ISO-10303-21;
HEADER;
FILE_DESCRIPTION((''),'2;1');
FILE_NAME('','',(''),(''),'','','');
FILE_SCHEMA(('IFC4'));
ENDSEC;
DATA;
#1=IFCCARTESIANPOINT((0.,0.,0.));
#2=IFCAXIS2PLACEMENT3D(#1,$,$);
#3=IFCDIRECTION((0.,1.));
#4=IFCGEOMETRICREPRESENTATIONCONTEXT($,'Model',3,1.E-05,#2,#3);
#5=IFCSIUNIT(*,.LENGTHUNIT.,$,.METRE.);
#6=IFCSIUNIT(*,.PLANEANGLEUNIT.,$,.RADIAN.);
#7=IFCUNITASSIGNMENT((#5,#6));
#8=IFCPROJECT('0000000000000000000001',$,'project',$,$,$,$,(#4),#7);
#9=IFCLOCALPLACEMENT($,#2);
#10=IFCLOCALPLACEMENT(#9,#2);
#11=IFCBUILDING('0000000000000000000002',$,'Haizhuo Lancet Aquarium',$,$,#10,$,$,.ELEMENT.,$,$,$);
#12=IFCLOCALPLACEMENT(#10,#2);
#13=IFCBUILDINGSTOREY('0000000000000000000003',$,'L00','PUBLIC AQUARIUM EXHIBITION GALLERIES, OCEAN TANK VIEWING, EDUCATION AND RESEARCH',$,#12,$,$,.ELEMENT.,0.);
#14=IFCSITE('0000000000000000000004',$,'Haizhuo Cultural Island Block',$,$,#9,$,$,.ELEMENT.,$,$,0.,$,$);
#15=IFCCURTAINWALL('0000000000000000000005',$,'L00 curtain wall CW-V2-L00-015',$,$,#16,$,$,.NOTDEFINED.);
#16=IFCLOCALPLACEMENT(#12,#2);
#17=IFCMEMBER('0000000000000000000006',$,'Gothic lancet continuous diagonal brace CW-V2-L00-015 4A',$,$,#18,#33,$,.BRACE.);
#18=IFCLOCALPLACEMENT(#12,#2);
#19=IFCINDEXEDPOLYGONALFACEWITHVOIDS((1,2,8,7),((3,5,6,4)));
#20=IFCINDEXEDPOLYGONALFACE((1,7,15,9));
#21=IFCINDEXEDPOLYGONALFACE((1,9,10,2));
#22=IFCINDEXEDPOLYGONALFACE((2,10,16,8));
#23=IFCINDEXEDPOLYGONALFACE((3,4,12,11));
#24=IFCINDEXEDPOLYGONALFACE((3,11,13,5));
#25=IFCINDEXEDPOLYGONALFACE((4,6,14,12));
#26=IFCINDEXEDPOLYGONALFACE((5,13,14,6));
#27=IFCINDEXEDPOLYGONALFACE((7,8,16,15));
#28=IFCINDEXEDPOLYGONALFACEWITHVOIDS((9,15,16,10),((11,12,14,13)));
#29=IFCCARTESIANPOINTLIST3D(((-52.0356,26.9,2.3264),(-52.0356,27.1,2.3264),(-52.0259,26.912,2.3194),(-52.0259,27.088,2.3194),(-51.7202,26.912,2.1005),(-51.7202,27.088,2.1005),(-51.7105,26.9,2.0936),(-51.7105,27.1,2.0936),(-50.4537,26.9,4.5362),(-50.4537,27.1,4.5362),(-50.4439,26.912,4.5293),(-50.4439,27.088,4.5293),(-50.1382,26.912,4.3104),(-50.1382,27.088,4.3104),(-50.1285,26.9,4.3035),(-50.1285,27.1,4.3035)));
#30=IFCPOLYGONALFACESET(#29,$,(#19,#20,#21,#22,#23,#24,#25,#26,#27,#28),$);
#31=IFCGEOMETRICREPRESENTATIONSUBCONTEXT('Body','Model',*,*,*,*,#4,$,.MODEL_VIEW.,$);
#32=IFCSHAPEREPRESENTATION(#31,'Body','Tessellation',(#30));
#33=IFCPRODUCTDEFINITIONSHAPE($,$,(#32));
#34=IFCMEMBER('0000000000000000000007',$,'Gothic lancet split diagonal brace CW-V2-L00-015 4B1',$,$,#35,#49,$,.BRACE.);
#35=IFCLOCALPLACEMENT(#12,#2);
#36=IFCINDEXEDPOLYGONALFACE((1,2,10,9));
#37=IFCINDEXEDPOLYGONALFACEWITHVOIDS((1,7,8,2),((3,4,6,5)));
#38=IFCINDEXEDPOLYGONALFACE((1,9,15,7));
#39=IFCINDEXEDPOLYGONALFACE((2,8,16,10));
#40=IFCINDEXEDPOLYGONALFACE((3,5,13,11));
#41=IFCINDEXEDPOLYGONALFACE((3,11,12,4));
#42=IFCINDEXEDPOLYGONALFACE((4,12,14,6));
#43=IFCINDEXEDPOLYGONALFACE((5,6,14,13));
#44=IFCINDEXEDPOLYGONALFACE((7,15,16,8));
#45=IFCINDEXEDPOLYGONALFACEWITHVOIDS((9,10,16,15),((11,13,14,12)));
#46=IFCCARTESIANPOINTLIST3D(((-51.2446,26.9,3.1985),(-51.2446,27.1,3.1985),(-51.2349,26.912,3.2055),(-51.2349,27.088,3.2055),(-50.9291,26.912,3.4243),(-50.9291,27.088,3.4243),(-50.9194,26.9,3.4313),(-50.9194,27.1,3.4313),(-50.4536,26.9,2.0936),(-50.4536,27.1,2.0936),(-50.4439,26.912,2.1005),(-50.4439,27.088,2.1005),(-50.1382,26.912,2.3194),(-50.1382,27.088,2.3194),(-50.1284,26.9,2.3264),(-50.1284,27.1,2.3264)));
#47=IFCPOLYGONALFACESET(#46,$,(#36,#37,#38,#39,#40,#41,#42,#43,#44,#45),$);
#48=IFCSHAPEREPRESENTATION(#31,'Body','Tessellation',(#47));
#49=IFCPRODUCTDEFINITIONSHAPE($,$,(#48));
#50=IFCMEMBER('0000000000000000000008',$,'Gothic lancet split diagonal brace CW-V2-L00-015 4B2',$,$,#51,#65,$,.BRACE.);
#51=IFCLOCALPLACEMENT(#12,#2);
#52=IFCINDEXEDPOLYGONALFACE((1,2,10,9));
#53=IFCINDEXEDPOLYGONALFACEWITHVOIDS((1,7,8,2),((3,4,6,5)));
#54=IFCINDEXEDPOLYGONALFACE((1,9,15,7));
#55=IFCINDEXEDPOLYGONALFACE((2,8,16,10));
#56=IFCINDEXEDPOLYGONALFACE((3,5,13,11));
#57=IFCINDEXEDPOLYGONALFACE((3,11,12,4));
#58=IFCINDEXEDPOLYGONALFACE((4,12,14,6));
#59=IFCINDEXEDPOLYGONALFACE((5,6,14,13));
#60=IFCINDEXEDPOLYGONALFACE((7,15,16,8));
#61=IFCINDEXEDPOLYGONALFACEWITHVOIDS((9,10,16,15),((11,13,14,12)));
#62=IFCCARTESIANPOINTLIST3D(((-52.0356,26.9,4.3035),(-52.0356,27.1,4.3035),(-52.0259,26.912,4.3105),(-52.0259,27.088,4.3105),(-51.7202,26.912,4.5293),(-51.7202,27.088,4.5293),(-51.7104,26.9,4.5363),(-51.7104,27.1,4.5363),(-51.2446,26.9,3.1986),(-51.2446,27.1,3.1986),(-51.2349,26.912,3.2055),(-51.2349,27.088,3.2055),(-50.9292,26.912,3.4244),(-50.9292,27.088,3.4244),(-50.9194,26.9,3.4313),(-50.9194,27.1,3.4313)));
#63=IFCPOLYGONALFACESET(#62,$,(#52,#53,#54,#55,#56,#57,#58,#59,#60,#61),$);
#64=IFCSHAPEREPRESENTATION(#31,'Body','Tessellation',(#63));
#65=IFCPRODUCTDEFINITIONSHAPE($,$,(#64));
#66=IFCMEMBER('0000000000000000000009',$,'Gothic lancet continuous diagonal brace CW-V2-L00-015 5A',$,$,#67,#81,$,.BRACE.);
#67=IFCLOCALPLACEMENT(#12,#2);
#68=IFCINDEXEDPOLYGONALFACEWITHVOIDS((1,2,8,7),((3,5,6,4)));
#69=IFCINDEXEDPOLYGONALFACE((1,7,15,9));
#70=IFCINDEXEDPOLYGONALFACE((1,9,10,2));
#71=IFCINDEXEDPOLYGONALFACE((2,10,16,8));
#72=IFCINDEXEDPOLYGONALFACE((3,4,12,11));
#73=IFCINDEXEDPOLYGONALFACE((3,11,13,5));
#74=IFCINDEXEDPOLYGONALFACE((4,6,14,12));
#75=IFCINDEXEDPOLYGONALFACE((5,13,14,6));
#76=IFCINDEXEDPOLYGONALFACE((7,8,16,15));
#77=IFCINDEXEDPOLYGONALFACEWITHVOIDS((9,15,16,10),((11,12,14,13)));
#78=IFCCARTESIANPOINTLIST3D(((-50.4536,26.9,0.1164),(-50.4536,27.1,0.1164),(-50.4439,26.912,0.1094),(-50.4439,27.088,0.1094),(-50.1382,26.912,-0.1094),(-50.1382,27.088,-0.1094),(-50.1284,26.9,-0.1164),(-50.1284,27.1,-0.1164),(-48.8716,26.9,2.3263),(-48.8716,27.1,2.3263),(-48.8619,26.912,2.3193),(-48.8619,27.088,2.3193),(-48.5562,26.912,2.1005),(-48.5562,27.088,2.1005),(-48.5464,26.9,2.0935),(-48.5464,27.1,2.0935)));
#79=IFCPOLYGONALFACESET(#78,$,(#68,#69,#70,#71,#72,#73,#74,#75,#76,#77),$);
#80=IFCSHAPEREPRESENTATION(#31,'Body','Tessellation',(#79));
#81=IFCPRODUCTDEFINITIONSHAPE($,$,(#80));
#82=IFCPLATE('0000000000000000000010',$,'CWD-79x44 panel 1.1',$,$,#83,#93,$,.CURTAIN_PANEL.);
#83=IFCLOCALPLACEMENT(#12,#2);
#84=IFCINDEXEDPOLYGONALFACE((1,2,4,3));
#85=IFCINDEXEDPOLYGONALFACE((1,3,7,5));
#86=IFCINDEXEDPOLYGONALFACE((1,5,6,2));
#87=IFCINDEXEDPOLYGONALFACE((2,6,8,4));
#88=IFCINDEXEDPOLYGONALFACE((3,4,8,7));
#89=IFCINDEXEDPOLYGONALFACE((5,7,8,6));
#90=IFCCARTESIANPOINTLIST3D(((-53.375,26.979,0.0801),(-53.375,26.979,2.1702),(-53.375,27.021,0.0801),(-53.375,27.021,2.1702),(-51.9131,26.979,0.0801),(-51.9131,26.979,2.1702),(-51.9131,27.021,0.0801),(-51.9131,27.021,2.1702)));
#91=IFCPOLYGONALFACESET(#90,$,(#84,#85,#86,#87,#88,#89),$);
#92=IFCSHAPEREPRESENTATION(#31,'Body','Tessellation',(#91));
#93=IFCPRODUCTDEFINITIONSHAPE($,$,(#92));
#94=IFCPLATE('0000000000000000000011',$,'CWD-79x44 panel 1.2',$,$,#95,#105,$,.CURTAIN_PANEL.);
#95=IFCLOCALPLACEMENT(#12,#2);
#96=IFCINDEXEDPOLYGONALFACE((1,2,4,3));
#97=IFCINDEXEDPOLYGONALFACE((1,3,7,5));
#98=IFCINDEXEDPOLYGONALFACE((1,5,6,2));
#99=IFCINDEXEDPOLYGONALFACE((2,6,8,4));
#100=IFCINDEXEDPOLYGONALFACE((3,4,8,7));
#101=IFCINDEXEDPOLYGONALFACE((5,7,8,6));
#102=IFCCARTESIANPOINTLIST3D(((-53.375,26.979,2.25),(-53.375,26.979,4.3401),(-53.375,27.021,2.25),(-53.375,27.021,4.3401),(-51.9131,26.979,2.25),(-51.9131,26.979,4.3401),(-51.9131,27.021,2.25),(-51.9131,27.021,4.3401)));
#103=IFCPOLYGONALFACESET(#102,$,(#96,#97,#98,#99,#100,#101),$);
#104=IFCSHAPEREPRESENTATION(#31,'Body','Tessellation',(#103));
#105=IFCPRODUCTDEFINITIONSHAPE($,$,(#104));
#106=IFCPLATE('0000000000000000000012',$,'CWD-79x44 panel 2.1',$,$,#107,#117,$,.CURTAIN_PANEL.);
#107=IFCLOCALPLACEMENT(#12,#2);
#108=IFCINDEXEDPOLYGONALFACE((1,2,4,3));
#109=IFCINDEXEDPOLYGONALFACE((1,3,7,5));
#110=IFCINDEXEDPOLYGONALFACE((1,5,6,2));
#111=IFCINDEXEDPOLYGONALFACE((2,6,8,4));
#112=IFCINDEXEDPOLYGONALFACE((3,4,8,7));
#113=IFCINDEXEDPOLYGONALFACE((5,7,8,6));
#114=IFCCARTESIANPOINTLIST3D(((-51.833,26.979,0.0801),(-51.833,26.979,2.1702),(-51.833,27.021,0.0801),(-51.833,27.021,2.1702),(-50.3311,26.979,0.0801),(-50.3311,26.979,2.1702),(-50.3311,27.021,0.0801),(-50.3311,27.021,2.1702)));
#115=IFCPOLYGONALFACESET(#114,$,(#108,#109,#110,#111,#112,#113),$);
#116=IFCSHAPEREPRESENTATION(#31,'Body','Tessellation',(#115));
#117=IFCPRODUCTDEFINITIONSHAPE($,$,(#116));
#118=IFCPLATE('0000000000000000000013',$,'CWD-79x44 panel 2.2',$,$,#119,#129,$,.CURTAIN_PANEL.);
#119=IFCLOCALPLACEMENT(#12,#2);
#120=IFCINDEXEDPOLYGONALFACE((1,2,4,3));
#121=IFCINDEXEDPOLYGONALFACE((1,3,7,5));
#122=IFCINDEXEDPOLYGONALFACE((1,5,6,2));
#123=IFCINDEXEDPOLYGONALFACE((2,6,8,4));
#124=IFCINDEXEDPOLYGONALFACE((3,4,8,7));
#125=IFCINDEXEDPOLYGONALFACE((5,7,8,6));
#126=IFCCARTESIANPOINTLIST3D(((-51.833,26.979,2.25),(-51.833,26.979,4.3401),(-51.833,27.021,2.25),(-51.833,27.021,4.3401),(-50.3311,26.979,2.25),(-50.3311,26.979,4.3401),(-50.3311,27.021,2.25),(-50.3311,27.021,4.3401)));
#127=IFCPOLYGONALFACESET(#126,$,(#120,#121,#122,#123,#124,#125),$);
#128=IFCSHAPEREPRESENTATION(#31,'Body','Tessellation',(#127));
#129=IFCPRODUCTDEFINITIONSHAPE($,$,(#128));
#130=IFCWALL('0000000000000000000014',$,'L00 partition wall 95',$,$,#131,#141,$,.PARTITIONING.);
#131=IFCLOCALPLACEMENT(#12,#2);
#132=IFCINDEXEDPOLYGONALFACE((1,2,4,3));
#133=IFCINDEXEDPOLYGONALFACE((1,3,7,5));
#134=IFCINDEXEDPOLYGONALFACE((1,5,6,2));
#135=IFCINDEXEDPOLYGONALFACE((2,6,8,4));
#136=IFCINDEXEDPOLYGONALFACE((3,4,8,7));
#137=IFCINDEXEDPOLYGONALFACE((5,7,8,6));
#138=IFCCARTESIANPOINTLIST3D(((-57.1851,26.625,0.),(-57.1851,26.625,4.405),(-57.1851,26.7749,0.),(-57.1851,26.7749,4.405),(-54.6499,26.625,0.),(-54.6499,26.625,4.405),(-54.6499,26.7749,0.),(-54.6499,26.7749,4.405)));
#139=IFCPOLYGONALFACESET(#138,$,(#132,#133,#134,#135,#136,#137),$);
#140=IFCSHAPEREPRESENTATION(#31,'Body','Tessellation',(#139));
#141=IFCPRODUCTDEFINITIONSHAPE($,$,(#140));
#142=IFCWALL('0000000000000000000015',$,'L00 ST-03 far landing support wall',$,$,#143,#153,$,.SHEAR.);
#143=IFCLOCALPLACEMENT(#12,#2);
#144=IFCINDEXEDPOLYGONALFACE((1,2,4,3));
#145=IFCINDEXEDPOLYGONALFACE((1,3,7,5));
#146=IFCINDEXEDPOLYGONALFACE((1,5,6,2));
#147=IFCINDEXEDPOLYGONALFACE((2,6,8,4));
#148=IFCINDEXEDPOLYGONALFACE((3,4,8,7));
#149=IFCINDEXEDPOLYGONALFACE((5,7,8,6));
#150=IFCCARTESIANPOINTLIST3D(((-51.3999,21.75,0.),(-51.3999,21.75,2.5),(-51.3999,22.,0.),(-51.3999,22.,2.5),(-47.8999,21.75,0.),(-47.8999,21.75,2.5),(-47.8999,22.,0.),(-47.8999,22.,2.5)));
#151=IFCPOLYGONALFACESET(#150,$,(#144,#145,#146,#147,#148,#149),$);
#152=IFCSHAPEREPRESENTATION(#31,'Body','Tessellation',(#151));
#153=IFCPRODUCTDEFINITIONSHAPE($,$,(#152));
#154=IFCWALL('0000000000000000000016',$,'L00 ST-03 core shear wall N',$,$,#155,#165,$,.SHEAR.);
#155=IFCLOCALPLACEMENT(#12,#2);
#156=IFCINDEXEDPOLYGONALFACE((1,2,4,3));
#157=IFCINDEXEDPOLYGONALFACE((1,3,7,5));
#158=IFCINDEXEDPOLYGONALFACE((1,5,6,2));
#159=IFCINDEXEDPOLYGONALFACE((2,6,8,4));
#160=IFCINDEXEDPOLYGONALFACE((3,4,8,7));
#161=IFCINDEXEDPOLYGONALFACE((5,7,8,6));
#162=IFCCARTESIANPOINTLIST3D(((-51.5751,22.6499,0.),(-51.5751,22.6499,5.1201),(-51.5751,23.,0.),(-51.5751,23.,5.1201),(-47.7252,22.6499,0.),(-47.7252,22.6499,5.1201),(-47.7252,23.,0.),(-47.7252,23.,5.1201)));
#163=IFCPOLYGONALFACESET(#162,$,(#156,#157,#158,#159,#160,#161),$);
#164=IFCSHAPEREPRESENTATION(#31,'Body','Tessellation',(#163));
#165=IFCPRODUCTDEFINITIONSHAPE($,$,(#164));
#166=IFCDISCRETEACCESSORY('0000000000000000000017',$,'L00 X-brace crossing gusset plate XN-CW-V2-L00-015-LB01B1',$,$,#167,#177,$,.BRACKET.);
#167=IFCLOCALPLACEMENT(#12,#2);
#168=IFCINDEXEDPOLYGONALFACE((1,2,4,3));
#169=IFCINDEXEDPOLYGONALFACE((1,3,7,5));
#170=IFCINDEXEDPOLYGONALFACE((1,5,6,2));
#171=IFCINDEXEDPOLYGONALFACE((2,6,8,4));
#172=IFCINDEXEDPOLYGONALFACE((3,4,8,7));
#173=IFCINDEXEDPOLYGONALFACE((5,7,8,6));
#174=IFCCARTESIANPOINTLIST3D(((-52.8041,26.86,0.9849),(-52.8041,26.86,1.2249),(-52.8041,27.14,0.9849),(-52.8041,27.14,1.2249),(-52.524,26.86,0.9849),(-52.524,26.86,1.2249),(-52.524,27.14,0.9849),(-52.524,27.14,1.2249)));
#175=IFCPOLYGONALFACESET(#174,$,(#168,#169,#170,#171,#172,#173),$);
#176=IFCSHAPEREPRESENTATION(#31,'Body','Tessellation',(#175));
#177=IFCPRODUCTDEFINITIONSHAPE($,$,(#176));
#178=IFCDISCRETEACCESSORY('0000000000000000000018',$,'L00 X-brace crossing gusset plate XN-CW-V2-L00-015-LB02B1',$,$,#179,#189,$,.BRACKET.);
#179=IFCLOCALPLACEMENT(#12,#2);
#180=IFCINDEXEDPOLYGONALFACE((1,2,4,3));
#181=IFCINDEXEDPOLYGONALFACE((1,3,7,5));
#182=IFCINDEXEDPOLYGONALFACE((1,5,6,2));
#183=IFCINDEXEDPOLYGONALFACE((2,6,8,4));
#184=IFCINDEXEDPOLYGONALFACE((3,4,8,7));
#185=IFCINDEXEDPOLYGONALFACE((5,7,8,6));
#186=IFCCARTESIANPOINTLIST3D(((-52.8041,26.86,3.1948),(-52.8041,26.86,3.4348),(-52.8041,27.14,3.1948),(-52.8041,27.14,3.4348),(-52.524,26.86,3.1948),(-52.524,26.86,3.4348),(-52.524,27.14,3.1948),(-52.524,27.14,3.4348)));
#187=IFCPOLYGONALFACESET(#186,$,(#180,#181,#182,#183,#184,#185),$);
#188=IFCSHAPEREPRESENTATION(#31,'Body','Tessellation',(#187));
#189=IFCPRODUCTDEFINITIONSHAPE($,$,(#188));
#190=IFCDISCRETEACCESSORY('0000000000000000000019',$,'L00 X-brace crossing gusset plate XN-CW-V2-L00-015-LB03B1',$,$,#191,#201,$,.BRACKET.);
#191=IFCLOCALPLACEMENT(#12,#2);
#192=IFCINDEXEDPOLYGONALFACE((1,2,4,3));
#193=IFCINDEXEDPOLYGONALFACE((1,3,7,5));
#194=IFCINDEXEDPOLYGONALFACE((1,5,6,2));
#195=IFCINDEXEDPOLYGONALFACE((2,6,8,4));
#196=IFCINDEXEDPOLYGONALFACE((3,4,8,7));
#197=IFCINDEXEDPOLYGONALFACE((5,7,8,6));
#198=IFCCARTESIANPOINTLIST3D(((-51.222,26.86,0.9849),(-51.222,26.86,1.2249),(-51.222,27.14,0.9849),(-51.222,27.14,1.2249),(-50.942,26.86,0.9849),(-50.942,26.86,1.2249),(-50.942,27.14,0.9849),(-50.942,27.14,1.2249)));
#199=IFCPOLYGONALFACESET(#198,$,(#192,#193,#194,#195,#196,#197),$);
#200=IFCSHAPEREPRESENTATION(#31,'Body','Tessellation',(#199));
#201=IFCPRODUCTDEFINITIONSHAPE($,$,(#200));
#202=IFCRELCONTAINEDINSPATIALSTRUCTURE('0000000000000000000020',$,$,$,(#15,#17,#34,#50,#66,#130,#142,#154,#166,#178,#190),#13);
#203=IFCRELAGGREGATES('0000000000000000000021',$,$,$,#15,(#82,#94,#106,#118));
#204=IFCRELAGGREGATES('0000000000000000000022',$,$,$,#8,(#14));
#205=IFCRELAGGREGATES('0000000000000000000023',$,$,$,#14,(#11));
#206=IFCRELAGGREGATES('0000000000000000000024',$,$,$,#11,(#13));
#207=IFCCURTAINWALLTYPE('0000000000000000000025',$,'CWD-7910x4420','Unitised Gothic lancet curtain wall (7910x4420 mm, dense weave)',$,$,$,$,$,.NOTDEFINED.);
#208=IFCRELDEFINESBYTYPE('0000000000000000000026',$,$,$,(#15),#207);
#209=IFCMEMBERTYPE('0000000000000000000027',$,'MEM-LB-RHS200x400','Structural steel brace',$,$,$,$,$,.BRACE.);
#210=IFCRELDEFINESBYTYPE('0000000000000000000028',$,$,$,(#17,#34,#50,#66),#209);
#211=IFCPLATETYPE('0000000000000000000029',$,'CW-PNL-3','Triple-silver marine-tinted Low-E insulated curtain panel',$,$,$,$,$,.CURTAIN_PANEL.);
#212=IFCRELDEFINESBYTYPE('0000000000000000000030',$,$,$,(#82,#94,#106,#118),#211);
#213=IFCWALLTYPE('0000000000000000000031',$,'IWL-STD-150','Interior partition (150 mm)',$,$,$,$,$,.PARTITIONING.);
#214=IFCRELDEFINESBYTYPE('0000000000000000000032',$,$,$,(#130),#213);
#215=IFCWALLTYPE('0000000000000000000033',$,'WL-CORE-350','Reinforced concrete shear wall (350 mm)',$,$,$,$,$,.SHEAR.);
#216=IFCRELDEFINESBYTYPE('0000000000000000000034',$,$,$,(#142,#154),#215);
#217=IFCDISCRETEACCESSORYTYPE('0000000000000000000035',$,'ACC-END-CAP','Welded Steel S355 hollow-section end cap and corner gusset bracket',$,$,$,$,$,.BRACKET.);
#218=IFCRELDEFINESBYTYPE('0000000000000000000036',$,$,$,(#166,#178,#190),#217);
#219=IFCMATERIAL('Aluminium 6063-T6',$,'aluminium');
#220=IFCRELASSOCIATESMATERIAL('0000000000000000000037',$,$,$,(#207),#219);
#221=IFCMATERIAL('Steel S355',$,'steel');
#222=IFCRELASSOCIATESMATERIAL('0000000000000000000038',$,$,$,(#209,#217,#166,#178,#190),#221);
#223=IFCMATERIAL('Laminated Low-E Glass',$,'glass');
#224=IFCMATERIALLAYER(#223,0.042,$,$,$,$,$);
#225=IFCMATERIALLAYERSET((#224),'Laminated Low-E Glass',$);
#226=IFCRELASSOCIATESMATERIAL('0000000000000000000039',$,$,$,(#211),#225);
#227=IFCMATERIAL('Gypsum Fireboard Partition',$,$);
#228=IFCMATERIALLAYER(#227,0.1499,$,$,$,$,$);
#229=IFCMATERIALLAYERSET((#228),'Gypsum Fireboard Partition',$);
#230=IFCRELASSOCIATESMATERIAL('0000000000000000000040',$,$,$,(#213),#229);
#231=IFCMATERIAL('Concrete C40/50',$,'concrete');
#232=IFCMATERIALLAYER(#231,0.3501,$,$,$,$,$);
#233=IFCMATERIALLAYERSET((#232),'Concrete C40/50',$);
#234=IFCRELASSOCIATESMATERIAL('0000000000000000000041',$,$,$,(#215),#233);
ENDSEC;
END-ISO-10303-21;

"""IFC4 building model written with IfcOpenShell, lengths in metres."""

from ifc_helpers import new_model, si_unit, direction, frame, frame_2d, origin, origin_2d, place, context, subcontext, project, spatial, rectangle, hollow_rectangle, extrude, material, layer, layer_set, material_profile, profile_set, type_object, element, aggregate, save


model = new_model("IFC4")

# Units and contexts
model_context = context("Model", 3, precision=1e-05, world=origin(), true_north=direction((0.0, 1.0)))
body_context = subcontext(model_context, "Body", "Model", "MODEL_VIEW")
ifc_project = project(units=[si_unit("LENGTHUNIT", "METRE"), si_unit("PLANEANGLEUNIT", "RADIAN")], contexts=[model_context])

# Site, building, storey
site_placement = place(None, origin())
site = spatial("IfcSite", under=ifc_project, at=site_placement, Name="Haizhuo Cultural Island Block", CompositionType="ELEMENT", RefElevation=0.0)
building_placement = place(site_placement, origin())
building = spatial("IfcBuilding", under=site, at=building_placement, Name="Haizhuo Lancet Aquarium", CompositionType="ELEMENT")
storey_placement = place(building_placement, origin())
storey = spatial("IfcBuildingStorey", under=building, at=storey_placement, Name="L00", Description="PUBLIC AQUARIUM EXHIBITION GALLERIES, OCEAN TANK VIEWING, EDUCATION AND RESEARCH", CompositionType="ELEMENT", Elevation=0.0)

# Shared definitions
ifc_material_1 = material(Name="Steel S355", Category="steel")

# Curtain wall
ifc_material_2 = material(Name="Aluminium 6063-T6", Category="aluminium")
curtain_wall_type = type_object("IfcCurtainWallType", Name="CWD-7910x4420", Description="Unitised Gothic lancet curtain wall (7910x4420 mm, dense weave)", PredefinedType="NOTDEFINED", material=ifc_material_2)
curtain_wall_placement = place(storey_placement, origin())
curtain_wall = element("IfcCurtainWall", 1, at=curtain_wall_placement, inside=storey, type_object=curtain_wall_type, Name="L00 curtain wall CW-V2-L00-015", PredefinedType="NOTDEFINED")

# Members
ifc_material_profile_1 = material_profile(ifc_material_1, hollow_rectangle(XDim=0.2, YDim=0.3999, WallThickness=0.012, at=origin_2d()), Name="RHS 200x400x12")
ifc_profile_set_1 = profile_set([ifc_material_profile_1], Name="Steel S355")
member_type_1 = type_object("IfcMemberType", Name="MEM-LB-RHS200x400", Description="Structural steel brace", PredefinedType="BRACE", material=ifc_profile_set_1)
member_1_placement = place(storey_placement, frame((-51.873, 27.0, 2.21), z_axis=(0.582088, 0.0, 0.813126), x_axis=(0.0, 1.0, 0.0)))
element("IfcMember", 2, at=member_1_placement, inside=storey, type_object=member_type_1, Name="Gothic lancet continuous diagonal brace CW-V2-L00-015 4A", PredefinedType="BRACE", context=body_context, shape_type="SweptSolid", body=[
    extrude(hollow_rectangle(XDim=0.2, YDim=0.3999, WallThickness=0.012, at=origin_2d()), origin(), (0.0, 0.0, 1.0), 2.7178),
])
for number, where, z_axis, x_axis, name in (
    (3, (-50.291, 27.0, 2.21), (-0.582088, 0.0, 0.813126), (0.0, -1.0, 0.0), "Gothic lancet split diagonal brace CW-V2-L00-015 4B1"),
    (4, (-51.082, 27.0, 3.3149), (-0.582088, 0.0, 0.813126), (0.0, -1.0, 0.0), "Gothic lancet split diagonal brace CW-V2-L00-015 4B2"),
):
    element("IfcMember", number, at=place(storey_placement, frame(where, z_axis=z_axis, x_axis=x_axis)), inside=storey, type_object=member_type_1, Name=name, PredefinedType="BRACE", context=body_context, shape_type="SweptSolid", body=[
        extrude(hollow_rectangle(XDim=0.2, YDim=0.3999, WallThickness=0.012, at=origin_2d()), origin(), (0.0, 0.0, 1.0), 1.3589),
    ])
member_2_placement = place(storey_placement, frame((-50.291, 27.0, 0.0), z_axis=(0.582088, 0.0, 0.813126), x_axis=(0.0, 1.0, 0.0)))
element("IfcMember", 5, at=member_2_placement, inside=storey, type_object=member_type_1, Name="Gothic lancet continuous diagonal brace CW-V2-L00-015 5A", PredefinedType="BRACE", context=body_context, shape_type="SweptSolid", body=[
    extrude(hollow_rectangle(XDim=0.2, YDim=0.3999, WallThickness=0.012, at=origin_2d()), origin(), (0.0, 0.0, 1.0), 2.7178),
])

# Plates
ifc_material_3 = material(Name="Laminated Low-E Glass", Category="glass")
ifc_layer_1 = layer(ifc_material_3, 0.042)
ifc_layer_set_1 = layer_set([ifc_layer_1], Name="Laminated Low-E Glass")
plate_type = type_object("IfcPlateType", Name="CW-PNL-3", Description="Triple-silver marine-tinted Low-E insulated curtain panel", PredefinedType="CURTAIN_PANEL", material=ifc_layer_set_1)
plate_1_placement = place(storey_placement, frame((-52.644, 27.0, 0.0801), z_axis=(0.0, 0.0, 1.0), x_axis=(1.0, 0.0, 0.0)))
plate_1 = element("IfcPlate", 6, at=plate_1_placement, type_object=plate_type, Name="CWD-79x44 panel 1.1", PredefinedType="CURTAIN_PANEL", context=body_context, shape_type="SweptSolid", body=[
    extrude(rectangle(XDim=1.4619, YDim=0.042, at=origin_2d()), origin(), (0.0, 0.0, 1.0), 2.0901),
])
plate_2_placement = place(storey_placement, frame((-52.644, 27.0, 2.25), z_axis=(0.0, 0.0, 1.0), x_axis=(1.0, 0.0, 0.0)))
plate_2 = element("IfcPlate", 7, at=plate_2_placement, type_object=plate_type, Name="CWD-79x44 panel 1.2", PredefinedType="CURTAIN_PANEL", context=body_context, shape_type="SweptSolid", body=[
    extrude(rectangle(XDim=1.4619, YDim=0.042, at=origin_2d()), origin(), (0.0, 0.0, 1.0), 2.0901),
])
plate_3_placement = place(storey_placement, frame((-51.082, 27.0, 0.0801), z_axis=(0.0, 0.0, 1.0), x_axis=(1.0, 0.0, 0.0)))
plate_3 = element("IfcPlate", 8, at=plate_3_placement, type_object=plate_type, Name="CWD-79x44 panel 2.1", PredefinedType="CURTAIN_PANEL", context=body_context, shape_type="SweptSolid", body=[
    extrude(rectangle(XDim=1.502, YDim=0.042, at=origin_2d()), origin(), (0.0, 0.0, 1.0), 2.0901),
])
plate_4_placement = place(storey_placement, frame((-51.082, 27.0, 2.25), z_axis=(0.0, 0.0, 1.0), x_axis=(1.0, 0.0, 0.0)))
plate_4 = element("IfcPlate", 9, at=plate_4_placement, type_object=plate_type, Name="CWD-79x44 panel 2.2", PredefinedType="CURTAIN_PANEL", context=body_context, shape_type="SweptSolid", body=[
    extrude(rectangle(XDim=1.502, YDim=0.042, at=origin_2d()), origin(), (0.0, 0.0, 1.0), 2.0901),
])
aggregate(curtain_wall, [plate_1, plate_2, plate_3, plate_4])

# Walls
ifc_material_4 = material(Name="Gypsum Fireboard Partition")
ifc_layer_2 = layer(ifc_material_4, 0.1499)
ifc_layer_set_2 = layer_set([ifc_layer_2], Name="Gypsum Fireboard Partition")
wall_type_1 = type_object("IfcWallType", Name="IWL-STD-150", Description="Interior partition (150 mm)", PredefinedType="PARTITIONING", material=ifc_layer_set_2)
wall_1_placement = place(storey_placement, frame((-54.6499, 26.7, 0.0), z_axis=(0.0, 0.0, 1.0), x_axis=(-1.0, 0.0, 0.0)))
element("IfcWall", 10, at=wall_1_placement, inside=storey, type_object=wall_type_1, Name="L00 partition wall 95", PredefinedType="PARTITIONING", context=body_context, shape_type="SweptSolid", body=[
    extrude(rectangle(XDim=2.5352, YDim=0.1499, at=frame_2d((1.2676, 0.0))), origin(), (0.0, 0.0, 1.0), 4.405),
])
ifc_material_5 = material(Name="Concrete C40/50", Category="concrete")
ifc_layer_3 = layer(ifc_material_5, 0.3501)
ifc_layer_set_3 = layer_set([ifc_layer_3], Name="Concrete C40/50")
wall_type_2 = type_object("IfcWallType", Name="WL-CORE-350", Description="Reinforced concrete shear wall (350 mm)", PredefinedType="SHEAR", material=ifc_layer_set_3)
wall_2_placement = place(storey_placement, frame((-51.3999, 21.875, 0.0), z_axis=(0.0, 0.0, 1.0), x_axis=(1.0, 0.0, 0.0)))
element("IfcWall", 11, at=wall_2_placement, inside=storey, type_object=wall_type_2, Name="L00 ST-03 far landing support wall", PredefinedType="SHEAR", context=body_context, shape_type="SweptSolid", body=[
    extrude(rectangle(XDim=3.5, YDim=0.25, at=frame_2d((1.75, 0.0))), origin(), (0.0, 0.0, 1.0), 2.5),
])
wall_3_placement = place(storey_placement, frame((-51.575, 22.825, 0.0), z_axis=(0.0, 0.0, 1.0), x_axis=(1.0, 0.0, 0.0)))
element("IfcWall", 12, at=wall_3_placement, inside=storey, type_object=wall_type_2, Name="L00 ST-03 core shear wall N", PredefinedType="SHEAR", context=body_context, shape_type="SweptSolid", body=[
    extrude(rectangle(XDim=3.8499, YDim=0.3501, at=frame_2d((1.9248, 0.0))), origin(), (0.0, 0.0, 1.0), 5.1201),
])

# Discrete accessories
discrete_accessory_type = type_object("IfcDiscreteAccessoryType", Name="ACC-END-CAP", Description="Welded Steel S355 hollow-section end cap and corner gusset bracket", PredefinedType="BRACKET", material=ifc_material_1)
for number, where, z_axis, x_axis, name in (
    (13, (-52.6641, 27.0, 0.9849), (0.0, 0.0, 1.0), (1.0, 0.0, 0.0), "L00 X-brace crossing gusset plate XN-CW-V2-L00-015-LB01B1"),
    (14, (-52.6641, 27.0, 3.1948), (0.0, 0.0, 1.0), (1.0, 0.0, 0.0), "L00 X-brace crossing gusset plate XN-CW-V2-L00-015-LB02B1"),
    (15, (-51.082, 27.0, 0.9849), (0.0, 0.0, 1.0), (1.0, 0.0, 0.0), "L00 X-brace crossing gusset plate XN-CW-V2-L00-015-LB03B1"),
):
    element("IfcDiscreteAccessory", number, at=place(storey_placement, frame(where, z_axis=z_axis, x_axis=x_axis)), inside=storey, type_object=discrete_accessory_type, material=ifc_material_1, Name=name, PredefinedType="BRACKET", context=body_context, shape_type="SweptSolid", body=[
        extrude(rectangle(XDim=0.28, YDim=0.28, at=origin_2d()), origin(), (0.0, 0.0, 1.0), 0.24),
    ])

save(model, "model.ifc")
